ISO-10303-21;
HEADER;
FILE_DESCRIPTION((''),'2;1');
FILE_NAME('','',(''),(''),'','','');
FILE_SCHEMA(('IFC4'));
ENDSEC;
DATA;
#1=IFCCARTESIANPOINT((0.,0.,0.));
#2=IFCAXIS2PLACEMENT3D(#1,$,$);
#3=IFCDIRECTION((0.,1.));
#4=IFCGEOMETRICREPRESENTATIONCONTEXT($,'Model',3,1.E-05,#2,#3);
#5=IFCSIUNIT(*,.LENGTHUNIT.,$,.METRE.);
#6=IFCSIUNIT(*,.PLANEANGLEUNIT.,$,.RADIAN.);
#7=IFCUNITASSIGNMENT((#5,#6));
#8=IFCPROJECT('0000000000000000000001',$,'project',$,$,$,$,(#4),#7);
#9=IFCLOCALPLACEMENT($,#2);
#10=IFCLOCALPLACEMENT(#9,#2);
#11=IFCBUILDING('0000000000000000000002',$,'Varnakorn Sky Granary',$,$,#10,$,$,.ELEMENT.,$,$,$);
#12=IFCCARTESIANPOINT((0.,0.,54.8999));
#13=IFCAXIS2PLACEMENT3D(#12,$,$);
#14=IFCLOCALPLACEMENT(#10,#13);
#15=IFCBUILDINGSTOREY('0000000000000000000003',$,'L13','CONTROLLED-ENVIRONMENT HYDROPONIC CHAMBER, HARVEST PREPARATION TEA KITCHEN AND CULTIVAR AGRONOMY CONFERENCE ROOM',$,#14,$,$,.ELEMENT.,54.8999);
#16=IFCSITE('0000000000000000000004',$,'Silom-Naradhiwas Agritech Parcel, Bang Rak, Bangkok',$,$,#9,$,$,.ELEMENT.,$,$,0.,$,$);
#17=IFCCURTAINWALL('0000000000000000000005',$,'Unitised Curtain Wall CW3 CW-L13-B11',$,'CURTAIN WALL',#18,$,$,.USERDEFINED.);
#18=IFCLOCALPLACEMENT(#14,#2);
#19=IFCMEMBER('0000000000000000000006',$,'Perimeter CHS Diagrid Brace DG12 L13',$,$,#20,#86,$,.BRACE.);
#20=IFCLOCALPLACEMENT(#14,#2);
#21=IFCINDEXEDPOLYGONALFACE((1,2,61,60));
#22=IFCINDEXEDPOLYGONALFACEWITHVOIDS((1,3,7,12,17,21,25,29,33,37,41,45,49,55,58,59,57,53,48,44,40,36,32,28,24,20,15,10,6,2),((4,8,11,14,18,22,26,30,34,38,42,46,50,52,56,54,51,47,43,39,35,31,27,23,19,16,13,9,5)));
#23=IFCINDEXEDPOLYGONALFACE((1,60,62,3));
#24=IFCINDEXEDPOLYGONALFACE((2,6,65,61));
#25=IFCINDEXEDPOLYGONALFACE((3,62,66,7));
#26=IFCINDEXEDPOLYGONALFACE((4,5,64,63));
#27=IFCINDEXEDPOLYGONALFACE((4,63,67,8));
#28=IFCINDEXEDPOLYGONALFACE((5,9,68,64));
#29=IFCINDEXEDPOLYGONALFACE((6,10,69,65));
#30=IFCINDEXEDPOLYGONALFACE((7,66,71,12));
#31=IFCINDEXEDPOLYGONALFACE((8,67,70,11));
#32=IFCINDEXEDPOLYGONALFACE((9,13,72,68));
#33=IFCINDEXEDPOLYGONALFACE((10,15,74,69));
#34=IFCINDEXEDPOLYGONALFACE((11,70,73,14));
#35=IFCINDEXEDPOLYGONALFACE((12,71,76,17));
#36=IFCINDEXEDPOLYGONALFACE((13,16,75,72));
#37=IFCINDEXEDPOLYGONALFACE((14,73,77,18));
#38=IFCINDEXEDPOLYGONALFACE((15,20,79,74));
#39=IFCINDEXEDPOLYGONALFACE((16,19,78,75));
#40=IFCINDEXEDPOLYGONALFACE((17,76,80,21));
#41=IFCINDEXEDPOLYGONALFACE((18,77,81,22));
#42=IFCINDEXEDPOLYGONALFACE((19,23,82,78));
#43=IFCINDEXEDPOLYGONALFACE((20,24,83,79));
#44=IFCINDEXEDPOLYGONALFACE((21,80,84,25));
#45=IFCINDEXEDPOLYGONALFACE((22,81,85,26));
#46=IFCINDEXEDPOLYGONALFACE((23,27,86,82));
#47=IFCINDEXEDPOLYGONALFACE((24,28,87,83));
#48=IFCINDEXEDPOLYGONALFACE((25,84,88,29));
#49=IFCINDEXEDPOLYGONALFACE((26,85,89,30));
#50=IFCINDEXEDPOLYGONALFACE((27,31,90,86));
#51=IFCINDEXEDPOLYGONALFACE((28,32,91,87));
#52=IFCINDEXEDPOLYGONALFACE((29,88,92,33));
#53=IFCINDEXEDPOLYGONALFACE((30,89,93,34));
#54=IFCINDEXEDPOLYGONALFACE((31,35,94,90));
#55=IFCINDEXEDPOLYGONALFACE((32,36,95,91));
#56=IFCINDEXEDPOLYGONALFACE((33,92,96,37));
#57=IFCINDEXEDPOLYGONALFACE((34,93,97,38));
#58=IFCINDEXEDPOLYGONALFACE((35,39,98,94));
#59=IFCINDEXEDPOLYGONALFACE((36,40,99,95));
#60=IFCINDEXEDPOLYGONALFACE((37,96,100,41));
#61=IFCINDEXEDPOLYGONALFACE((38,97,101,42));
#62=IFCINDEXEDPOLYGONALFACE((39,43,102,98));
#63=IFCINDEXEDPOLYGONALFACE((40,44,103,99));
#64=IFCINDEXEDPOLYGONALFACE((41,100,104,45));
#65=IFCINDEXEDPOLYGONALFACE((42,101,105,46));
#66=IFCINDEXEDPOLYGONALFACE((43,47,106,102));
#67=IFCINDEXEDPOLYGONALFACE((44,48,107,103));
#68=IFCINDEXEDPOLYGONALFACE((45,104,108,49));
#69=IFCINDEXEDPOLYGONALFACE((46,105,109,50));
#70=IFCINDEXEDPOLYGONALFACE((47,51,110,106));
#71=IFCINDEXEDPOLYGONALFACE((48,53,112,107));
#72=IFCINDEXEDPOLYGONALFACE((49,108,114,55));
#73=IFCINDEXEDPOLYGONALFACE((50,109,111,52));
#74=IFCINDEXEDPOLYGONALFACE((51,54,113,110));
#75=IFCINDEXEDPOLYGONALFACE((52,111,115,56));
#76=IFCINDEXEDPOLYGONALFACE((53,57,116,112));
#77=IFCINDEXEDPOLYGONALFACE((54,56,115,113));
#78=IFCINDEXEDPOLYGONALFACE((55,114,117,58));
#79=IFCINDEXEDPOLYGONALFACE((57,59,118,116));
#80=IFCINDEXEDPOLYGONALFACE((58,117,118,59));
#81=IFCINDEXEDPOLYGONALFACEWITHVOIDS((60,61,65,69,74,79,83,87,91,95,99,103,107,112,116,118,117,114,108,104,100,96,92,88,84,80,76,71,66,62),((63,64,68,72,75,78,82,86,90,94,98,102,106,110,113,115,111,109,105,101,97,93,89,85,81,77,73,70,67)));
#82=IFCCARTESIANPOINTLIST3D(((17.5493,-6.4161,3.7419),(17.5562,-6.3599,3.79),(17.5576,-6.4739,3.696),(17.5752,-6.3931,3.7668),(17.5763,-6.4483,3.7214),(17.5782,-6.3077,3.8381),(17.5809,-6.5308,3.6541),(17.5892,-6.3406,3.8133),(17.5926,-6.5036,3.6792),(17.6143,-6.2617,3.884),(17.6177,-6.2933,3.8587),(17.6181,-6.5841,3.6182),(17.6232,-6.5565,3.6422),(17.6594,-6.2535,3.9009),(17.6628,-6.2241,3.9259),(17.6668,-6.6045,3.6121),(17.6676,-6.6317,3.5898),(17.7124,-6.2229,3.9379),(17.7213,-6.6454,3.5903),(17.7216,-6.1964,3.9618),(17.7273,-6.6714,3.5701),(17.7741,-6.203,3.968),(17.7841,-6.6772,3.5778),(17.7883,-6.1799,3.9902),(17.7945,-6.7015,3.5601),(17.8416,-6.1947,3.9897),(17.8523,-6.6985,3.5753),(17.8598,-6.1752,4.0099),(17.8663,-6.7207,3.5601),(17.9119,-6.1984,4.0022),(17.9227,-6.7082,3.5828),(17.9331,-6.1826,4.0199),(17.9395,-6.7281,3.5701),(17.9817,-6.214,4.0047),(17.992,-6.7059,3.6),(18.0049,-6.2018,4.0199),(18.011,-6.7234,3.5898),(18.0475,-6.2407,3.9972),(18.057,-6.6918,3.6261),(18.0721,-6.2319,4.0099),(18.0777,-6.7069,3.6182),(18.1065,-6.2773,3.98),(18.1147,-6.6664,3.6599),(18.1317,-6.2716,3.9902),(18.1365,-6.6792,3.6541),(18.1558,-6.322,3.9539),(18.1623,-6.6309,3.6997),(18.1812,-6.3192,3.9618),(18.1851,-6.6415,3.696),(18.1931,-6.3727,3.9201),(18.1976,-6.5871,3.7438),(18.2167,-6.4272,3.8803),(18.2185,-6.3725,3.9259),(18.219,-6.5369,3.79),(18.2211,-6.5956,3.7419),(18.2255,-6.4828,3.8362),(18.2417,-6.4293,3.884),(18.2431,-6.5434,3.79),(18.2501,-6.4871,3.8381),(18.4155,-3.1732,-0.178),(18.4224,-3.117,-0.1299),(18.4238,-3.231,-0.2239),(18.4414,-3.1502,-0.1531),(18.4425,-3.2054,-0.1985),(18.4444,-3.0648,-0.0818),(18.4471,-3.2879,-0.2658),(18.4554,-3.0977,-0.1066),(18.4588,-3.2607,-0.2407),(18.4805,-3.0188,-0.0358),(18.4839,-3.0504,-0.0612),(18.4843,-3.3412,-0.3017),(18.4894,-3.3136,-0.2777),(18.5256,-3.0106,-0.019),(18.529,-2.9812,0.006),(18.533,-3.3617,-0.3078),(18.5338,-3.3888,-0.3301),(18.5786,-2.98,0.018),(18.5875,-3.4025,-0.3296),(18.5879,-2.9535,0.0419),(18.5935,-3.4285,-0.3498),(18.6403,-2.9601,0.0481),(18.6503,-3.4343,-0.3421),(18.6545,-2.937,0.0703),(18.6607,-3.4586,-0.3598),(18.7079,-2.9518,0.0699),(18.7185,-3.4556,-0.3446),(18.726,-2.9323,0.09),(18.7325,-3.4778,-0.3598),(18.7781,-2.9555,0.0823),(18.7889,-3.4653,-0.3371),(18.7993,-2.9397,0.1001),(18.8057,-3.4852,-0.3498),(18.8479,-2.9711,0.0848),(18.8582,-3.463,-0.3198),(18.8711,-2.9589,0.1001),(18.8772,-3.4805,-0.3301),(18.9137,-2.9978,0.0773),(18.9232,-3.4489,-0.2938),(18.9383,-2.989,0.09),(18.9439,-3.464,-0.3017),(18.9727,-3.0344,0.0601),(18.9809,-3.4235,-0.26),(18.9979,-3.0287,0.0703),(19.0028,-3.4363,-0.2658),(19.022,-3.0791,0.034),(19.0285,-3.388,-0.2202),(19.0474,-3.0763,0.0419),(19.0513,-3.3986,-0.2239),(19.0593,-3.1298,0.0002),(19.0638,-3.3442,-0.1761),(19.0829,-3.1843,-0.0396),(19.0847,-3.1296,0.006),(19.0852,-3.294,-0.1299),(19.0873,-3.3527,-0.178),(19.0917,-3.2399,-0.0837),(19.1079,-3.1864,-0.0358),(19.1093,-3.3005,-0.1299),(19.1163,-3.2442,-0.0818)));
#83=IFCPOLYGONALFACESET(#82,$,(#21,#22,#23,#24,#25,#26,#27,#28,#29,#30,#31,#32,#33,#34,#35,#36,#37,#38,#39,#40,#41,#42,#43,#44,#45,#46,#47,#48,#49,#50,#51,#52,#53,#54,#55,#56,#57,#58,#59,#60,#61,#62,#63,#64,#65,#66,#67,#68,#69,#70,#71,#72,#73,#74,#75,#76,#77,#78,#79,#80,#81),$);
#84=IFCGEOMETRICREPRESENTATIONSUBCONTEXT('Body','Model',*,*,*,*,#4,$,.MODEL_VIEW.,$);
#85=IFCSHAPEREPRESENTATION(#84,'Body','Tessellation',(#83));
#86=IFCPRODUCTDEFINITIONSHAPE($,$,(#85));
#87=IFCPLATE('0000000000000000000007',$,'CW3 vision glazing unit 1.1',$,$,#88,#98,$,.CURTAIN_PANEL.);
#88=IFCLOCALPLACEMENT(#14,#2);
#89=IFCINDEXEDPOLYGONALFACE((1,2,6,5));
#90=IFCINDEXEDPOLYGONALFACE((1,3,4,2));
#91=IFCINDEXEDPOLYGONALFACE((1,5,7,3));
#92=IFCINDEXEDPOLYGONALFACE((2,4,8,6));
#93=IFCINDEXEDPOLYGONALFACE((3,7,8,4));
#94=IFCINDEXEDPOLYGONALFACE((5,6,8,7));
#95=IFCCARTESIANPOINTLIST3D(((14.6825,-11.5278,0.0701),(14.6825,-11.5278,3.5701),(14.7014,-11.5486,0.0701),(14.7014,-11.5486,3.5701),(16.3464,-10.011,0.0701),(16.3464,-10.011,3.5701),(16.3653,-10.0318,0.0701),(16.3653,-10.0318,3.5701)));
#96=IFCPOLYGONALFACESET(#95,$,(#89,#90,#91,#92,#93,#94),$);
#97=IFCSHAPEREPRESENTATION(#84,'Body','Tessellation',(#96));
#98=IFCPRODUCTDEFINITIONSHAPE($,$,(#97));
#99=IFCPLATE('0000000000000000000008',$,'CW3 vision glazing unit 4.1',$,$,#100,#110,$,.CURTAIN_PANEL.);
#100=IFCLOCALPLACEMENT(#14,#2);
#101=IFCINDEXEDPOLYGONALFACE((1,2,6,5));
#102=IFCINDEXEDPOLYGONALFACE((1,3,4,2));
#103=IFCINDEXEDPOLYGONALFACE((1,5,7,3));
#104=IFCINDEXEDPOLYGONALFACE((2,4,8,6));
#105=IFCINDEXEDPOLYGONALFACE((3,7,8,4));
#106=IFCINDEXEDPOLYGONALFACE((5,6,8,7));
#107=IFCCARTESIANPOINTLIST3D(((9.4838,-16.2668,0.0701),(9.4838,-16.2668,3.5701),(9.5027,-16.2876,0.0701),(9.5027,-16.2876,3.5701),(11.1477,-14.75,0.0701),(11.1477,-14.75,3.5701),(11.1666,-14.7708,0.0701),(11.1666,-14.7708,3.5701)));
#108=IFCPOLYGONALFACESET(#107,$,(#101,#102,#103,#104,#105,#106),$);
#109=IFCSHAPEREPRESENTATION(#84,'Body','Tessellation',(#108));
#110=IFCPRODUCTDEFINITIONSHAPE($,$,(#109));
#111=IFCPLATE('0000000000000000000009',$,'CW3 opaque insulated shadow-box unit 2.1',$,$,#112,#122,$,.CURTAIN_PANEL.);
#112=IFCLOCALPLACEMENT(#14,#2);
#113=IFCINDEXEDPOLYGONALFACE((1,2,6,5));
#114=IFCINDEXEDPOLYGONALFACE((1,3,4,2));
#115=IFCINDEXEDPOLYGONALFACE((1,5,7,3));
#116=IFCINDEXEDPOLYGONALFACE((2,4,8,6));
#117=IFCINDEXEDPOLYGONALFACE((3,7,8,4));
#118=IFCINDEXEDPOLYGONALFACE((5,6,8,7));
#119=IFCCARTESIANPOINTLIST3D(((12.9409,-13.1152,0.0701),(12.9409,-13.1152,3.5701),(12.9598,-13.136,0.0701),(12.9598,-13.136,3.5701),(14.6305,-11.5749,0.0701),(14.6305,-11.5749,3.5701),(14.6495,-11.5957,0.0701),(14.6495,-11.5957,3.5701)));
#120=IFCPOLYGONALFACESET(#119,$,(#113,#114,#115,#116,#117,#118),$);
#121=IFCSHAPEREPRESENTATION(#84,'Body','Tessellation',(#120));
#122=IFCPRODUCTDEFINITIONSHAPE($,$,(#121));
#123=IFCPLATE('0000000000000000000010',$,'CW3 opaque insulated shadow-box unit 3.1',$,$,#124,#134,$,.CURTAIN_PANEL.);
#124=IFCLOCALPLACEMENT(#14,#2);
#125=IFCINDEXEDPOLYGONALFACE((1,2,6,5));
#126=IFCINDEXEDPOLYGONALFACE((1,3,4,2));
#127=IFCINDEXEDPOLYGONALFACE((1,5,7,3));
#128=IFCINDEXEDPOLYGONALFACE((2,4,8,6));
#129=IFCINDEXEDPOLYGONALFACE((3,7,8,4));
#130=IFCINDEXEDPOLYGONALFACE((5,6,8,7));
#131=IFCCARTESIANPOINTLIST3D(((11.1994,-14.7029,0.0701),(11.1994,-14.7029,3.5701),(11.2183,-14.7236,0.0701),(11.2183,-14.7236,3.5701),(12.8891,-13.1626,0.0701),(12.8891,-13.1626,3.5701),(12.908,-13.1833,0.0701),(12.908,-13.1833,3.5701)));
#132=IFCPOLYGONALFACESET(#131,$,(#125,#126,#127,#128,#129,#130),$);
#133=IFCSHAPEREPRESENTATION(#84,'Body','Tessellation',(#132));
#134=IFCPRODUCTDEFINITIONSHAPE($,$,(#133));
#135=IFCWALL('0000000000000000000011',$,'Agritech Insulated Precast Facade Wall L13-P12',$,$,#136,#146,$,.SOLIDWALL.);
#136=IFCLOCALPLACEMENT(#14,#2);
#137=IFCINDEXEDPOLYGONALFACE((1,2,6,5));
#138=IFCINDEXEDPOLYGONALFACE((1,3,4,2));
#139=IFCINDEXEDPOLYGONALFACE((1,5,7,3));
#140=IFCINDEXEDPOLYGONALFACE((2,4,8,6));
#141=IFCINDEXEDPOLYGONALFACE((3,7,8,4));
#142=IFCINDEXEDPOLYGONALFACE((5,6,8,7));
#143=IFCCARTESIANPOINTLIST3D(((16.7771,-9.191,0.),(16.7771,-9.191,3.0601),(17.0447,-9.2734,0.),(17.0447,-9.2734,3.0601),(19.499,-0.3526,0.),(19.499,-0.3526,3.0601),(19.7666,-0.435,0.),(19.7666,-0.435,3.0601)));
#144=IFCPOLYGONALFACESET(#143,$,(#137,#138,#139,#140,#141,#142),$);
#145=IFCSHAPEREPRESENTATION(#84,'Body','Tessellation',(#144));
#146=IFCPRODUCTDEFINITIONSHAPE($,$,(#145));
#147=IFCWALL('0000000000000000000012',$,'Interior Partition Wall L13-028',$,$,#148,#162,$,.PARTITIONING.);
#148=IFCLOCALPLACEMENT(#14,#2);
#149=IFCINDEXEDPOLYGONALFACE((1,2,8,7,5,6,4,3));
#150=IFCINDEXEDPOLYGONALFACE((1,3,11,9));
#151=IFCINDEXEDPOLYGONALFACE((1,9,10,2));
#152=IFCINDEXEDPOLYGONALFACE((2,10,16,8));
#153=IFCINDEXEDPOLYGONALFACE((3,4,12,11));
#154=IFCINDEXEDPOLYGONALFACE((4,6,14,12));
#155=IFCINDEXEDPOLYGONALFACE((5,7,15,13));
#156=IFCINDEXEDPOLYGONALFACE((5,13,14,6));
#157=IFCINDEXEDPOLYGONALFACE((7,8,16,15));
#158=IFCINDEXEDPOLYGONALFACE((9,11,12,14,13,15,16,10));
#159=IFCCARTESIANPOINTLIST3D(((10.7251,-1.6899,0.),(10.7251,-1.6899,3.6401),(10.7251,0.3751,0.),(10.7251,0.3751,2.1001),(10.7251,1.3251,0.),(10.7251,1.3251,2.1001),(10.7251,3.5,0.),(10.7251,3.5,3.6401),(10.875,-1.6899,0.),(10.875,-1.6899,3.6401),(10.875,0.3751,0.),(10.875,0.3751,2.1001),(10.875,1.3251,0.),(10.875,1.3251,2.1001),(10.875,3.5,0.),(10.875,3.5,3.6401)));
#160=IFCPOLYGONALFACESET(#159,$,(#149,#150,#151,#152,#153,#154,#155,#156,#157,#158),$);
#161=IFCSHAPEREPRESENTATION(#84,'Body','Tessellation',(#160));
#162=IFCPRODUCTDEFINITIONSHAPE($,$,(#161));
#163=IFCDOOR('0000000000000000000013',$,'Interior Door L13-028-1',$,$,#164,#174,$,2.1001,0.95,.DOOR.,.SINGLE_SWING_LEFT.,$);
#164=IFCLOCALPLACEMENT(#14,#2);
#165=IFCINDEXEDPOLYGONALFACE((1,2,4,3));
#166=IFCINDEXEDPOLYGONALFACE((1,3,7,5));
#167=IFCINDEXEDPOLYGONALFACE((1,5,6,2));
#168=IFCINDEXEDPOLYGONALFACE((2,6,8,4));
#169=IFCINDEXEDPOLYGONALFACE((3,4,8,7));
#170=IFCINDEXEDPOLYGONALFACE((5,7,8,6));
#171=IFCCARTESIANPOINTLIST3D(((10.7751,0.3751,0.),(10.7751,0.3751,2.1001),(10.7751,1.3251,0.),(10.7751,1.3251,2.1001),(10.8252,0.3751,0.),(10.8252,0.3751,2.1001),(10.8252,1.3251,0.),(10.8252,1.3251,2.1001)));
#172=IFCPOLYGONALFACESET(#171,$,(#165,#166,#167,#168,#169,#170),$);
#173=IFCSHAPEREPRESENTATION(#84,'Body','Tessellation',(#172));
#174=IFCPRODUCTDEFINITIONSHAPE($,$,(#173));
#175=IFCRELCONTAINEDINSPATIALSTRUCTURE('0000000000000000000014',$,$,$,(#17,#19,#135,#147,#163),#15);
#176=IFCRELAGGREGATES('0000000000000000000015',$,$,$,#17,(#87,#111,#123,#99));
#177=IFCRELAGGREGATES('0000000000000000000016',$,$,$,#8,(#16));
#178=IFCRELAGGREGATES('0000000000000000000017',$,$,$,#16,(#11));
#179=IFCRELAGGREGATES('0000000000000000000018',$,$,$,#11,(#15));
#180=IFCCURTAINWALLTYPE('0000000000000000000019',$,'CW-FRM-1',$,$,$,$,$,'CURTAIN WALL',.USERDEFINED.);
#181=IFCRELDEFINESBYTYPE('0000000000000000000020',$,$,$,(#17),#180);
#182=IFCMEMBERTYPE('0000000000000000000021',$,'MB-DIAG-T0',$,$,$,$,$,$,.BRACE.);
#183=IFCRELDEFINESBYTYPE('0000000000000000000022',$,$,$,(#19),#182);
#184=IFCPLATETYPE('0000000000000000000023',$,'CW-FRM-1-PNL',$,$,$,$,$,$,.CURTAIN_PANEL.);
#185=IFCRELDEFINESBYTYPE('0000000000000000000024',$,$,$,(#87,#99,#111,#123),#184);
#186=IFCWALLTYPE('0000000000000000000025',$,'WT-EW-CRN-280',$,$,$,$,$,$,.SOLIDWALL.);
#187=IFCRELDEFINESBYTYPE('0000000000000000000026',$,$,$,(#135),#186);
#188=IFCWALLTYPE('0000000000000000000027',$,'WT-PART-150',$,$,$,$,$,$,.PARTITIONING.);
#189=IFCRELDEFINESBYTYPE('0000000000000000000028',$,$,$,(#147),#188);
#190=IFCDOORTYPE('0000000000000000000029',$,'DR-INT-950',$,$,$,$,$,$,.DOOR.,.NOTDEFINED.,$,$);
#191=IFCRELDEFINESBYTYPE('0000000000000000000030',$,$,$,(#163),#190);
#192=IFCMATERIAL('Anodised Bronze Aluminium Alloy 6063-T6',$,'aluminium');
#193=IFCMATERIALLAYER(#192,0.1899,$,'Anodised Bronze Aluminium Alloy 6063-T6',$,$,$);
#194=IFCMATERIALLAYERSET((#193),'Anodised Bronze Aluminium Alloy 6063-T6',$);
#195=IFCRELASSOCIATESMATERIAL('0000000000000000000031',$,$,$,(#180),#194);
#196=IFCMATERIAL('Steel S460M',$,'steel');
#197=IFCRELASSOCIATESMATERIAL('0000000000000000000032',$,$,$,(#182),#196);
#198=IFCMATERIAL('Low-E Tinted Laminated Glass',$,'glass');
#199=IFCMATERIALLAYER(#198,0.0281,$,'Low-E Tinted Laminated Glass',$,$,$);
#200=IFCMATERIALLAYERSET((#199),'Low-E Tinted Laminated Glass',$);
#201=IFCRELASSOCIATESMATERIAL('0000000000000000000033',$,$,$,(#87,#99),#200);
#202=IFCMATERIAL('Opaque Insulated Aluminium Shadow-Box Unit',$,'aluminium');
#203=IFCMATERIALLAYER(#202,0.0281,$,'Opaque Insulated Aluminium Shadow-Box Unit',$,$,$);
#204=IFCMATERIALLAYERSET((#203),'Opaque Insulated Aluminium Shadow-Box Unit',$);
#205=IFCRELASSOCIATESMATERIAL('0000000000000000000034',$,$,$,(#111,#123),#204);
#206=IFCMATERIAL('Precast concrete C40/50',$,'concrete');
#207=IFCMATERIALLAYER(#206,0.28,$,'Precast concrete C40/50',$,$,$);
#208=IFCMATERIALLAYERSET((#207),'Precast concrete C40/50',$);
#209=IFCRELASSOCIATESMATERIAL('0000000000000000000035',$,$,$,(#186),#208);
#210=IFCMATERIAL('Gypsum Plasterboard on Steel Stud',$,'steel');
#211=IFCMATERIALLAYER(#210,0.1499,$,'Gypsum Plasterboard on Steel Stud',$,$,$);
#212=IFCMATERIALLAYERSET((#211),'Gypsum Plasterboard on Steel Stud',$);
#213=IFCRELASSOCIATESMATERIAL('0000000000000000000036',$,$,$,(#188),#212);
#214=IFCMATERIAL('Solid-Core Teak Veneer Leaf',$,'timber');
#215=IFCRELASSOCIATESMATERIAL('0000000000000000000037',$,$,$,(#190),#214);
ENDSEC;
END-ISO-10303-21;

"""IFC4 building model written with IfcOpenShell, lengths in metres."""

from ifc_helpers import new_model, si_unit, direction, frame, frame_2d, origin, origin_2d, place, context, subcontext, project, spatial, rectangle, hollow_circle, extrude, source, transform, mapped, material, layer, layer_set, material_profile, profile_set, type_object, type_shapes, element, fill, aggregate, save


model = new_model("IFC4")

# Units and contexts
model_context = context("Model", 3, precision=1e-05, world=origin(), true_north=direction((0.0, 1.0)))
body_context = subcontext(model_context, "Body", "Model", "MODEL_VIEW")
ifc_project = project(units=[si_unit("LENGTHUNIT", "METRE"), si_unit("PLANEANGLEUNIT", "RADIAN")], contexts=[model_context])

# Site, building, storey
site_placement = place(None, origin())
site = spatial("IfcSite", under=ifc_project, at=site_placement, Name="Silom-Naradhiwas Agritech Parcel, Bang Rak, Bangkok", CompositionType="ELEMENT", RefElevation=0.0)
building_placement = place(site_placement, origin())
building = spatial("IfcBuilding", under=site, at=building_placement, Name="Varnakorn Sky Granary", CompositionType="ELEMENT")
storey_placement = place(building_placement, frame((0.0, 0.0, 54.8999)))
storey = spatial("IfcBuildingStorey", under=building, at=storey_placement, Name="L13", Description="CONTROLLED-ENVIRONMENT HYDROPONIC CHAMBER, HARVEST PREPARATION TEA KITCHEN AND CULTIVAR AGRONOMY CONFERENCE ROOM", CompositionType="ELEMENT", Elevation=54.8999)

# Shared definitions
ifc_material_1 = material(Name="Steel S460M", Category="steel")

# Curtain wall
ifc_material_2 = material(Name="Anodised Bronze Aluminium Alloy 6063-T6", Category="aluminium")
ifc_layer_1 = layer(ifc_material_2, 0.1899, Name="Anodised Bronze Aluminium Alloy 6063-T6")
ifc_layer_set_1 = layer_set([ifc_layer_1], Name="Anodised Bronze Aluminium Alloy 6063-T6")
curtain_wall_type = type_object("IfcCurtainWallType", Name="CW-FRM-1", ElementType="CURTAIN WALL", PredefinedType="USERDEFINED", material=ifc_layer_set_1)
curtain_wall_placement = place(storey_placement, origin())
curtain_wall = element("IfcCurtainWall", 1, at=curtain_wall_placement, inside=storey, type_object=curtain_wall_type, Name="Unitised Curtain Wall CW3 CW-L13-B11", ObjectType="CURTAIN WALL", PredefinedType="USERDEFINED")

# Member
ifc_material_profile_1 = material_profile(ifc_material_1, hollow_circle(Radius=0.3555, WallThickness=0.0249, at=origin_2d()), Name="CHS 711x25")
ifc_profile_set_1 = profile_set([ifc_material_profile_1], Name="Steel S460M")
member_type_1 = type_object("IfcMemberType", Name="MB-DIAG-T0", PredefinedType="BRACE", material=ifc_profile_set_1)
member_1_placement = place(storey_placement, frame((18.7659, -3.2087, -0.1299), z_axis=(-0.167848, -0.62839, 0.759574), x_axis=(0.966129, -0.258061, 0.0)))
element("IfcMember", 2, at=member_1_placement, inside=storey, type_object=member_type_1, Name="Perimeter CHS Diagrid Brace DG12 L13", PredefinedType="BRACE", context=body_context, shape_type="SweptSolid", body=[
    extrude(hollow_circle(Radius=0.3555, WallThickness=0.0249, at=origin_2d()), origin(), (0.0, 0.0, 1.0), 5.1606),
])

# Plates
ifc_material_3 = material(Name="Low-E Tinted Laminated Glass", Category="glass")
ifc_layer_2 = layer(ifc_material_3, 0.0281, Name="Low-E Tinted Laminated Glass")
ifc_layer_set_2 = layer_set([ifc_layer_2], Name="Low-E Tinted Laminated Glass")
plate_type = type_object("IfcPlateType", Name="CW-FRM-1-PNL", PredefinedType="CURTAIN_PANEL")
shared_shape_1 = source(origin(), body_context, "Body", "SweptSolid", [
    extrude(rectangle(XDim=2.2515, YDim=0.0281, at=origin_2d()), origin(), (0.0, 0.0, 1.0), 3.5),
])
plate_1_placement = place(storey_placement, frame((15.5239, -10.7798, 0.0701), z_axis=(0.0, 0.0, 1.0), x_axis=(-0.739017, -0.673687, 0.0)))
plate_1 = element("IfcPlate", 3, at=plate_1_placement, type_object=plate_type, material=ifc_layer_set_2, Name="CW3 vision glazing unit 1.1", PredefinedType="CURTAIN_PANEL", context=body_context, shape_type="MappedRepresentation", body=[
    mapped(shared_shape_1, transform((0.0, 0.0, 0.0), x_axis=(1.0, 0.0, 0.0), y_axis=(0.0, 1.0, 0.0), z_axis=(0.0, 0.0, 1.0), scale=1.0)),
])
plate_2_placement = place(storey_placement, frame((10.3252, -15.5188, 0.0701), z_axis=(0.0, 0.0, 1.0), x_axis=(-0.739017, -0.673687, 0.0)))
plate_2 = element("IfcPlate", 4, at=plate_2_placement, type_object=plate_type, material=ifc_layer_set_2, Name="CW3 vision glazing unit 4.1", PredefinedType="CURTAIN_PANEL", context=body_context, shape_type="MappedRepresentation", body=[
    mapped(shared_shape_1, transform((0.0, 0.0, 0.0), x_axis=(1.0, 0.0, 0.0), y_axis=(0.0, 1.0, 0.0), z_axis=(0.0, 0.0, 1.0), scale=1.0)),
])
ifc_material_4 = material(Name="Opaque Insulated Aluminium Shadow-Box Unit", Category="aluminium")
ifc_layer_3 = layer(ifc_material_4, 0.0281, Name="Opaque Insulated Aluminium Shadow-Box Unit")
ifc_layer_set_3 = layer_set([ifc_layer_3], Name="Opaque Insulated Aluminium Shadow-Box Unit")
shared_shape_2 = source(origin(), body_context, "Body", "SweptSolid", [
    extrude(rectangle(XDim=2.2864, YDim=0.0281, at=origin_2d()), origin(), (0.0, 0.0, 1.0), 3.5),
])
type_shapes(plate_type, [shared_shape_1, shared_shape_2])
plate_3_placement = place(storey_placement, frame((13.7952, -12.3555, 0.0701), z_axis=(0.0, 0.0, 1.0), x_axis=(-0.739017, -0.673687, 0.0)))
plate_3 = element("IfcPlate", 5, at=plate_3_placement, type_object=plate_type, material=ifc_layer_set_3, Name="CW3 opaque insulated shadow-box unit 2.1", PredefinedType="CURTAIN_PANEL", context=body_context, shape_type="MappedRepresentation", body=[
    mapped(shared_shape_2, transform((0.0, 0.0, 0.0), x_axis=(1.0, 0.0, 0.0), y_axis=(0.0, 1.0, 0.0), z_axis=(0.0, 0.0, 1.0), scale=1.0)),
])
plate_4_placement = place(storey_placement, frame((12.0537, -13.9431, 0.0701), z_axis=(0.0, 0.0, 1.0), x_axis=(-0.739017, -0.673687, 0.0)))
plate_4 = element("IfcPlate", 6, at=plate_4_placement, type_object=plate_type, material=ifc_layer_set_3, Name="CW3 opaque insulated shadow-box unit 3.1", PredefinedType="CURTAIN_PANEL", context=body_context, shape_type="MappedRepresentation", body=[
    mapped(shared_shape_2, transform((0.0, 0.0, 0.0), x_axis=(1.0, 0.0, 0.0), y_axis=(0.0, 1.0, 0.0), z_axis=(0.0, 0.0, 1.0), scale=1.0)),
])
aggregate(curtain_wall, [plate_1, plate_3, plate_4, plate_2])

# Wall
ifc_material_5 = material(Name="Precast concrete C40/50", Category="concrete")
ifc_layer_4 = layer(ifc_material_5, 0.28, Name="Precast concrete C40/50")
ifc_layer_set_4 = layer_set([ifc_layer_4], Name="Precast concrete C40/50")
wall_type_1 = type_object("IfcWallType", Name="WT-EW-CRN-280", PredefinedType="SOLIDWALL", material=ifc_layer_set_4)
wall_1_placement = place(storey_placement, frame((19.6328, -0.3938, 0.0), z_axis=(0.0, 0.0, 1.0), x_axis=(-0.294325, -0.955705, 0.0)))
element("IfcWall", 7, at=wall_1_placement, inside=storey, type_object=wall_type_1, Name="Agritech Insulated Precast Facade Wall L13-P12", PredefinedType="SOLIDWALL", context=body_context, shape_type="SweptSolid", body=[
    extrude(rectangle(XDim=9.248, YDim=0.28, at=frame_2d((4.624, 0.0))), origin(), (0.0, 0.0, 1.0), 3.0601),
])

# Wall, opening, door
ifc_material_6 = material(Name="Gypsum Plasterboard on Steel Stud", Category="steel")
ifc_layer_5 = layer(ifc_material_6, 0.1499, Name="Gypsum Plasterboard on Steel Stud")
ifc_layer_set_5 = layer_set([ifc_layer_5], Name="Gypsum Plasterboard on Steel Stud")
wall_type_2 = type_object("IfcWallType", Name="WT-PART-150", PredefinedType="PARTITIONING", material=ifc_layer_set_5)
wall_2_placement = place(storey_placement, frame((10.8, -1.6899, 0.0), z_axis=(0.0, 0.0, 1.0), x_axis=(0.0, 1.0, 0.0)))
wall_2 = element("IfcWall", 8, at=wall_2_placement, inside=storey, type_object=wall_type_2, Name="Interior Partition Wall L13-028", PredefinedType="PARTITIONING", context=body_context, shape_type="SweptSolid", body=[
    extrude(rectangle(XDim=5.1899, YDim=0.1499, at=frame_2d((2.595, 0.0))), origin(), (0.0, 0.0, 1.0), 3.6401),
])
opening_placement = place(wall_2_placement, frame((2.0649, 0.0, 0.0)))
opening = element("IfcOpeningElement", 9, at=opening_placement, cuts=wall_2, PredefinedType="OPENING", context=body_context, shape_type="SweptSolid", body=[
    extrude(rectangle(XDim=0.95, YDim=2.1001, at=frame_2d((0.4751, 1.05))), frame((0.0, 0.085, 0.0), z_axis=(0.0, -1.0, 0.0), x_axis=(1.0, 0.0, 0.0)), (0.0, 0.0, 1.0), 0.1699),
])
ifc_material_7 = material(Name="Solid-Core Teak Veneer Leaf", Category="timber")
door_type = type_object("IfcDoorType", Name="DR-INT-950", OperationType="NOTDEFINED", PredefinedType="DOOR", material=ifc_material_7)
door_placement = place(opening_placement, origin())
door = element("IfcDoor", 10, at=door_placement, inside=storey, type_object=door_type, Name="Interior Door L13-028-1", OperationType="SINGLE_SWING_LEFT", OverallHeight=2.1001, OverallWidth=0.95, PredefinedType="DOOR", context=body_context, shape_type="SweptSolid", body=[
    extrude(rectangle(XDim=0.95, YDim=2.1001, at=frame_2d((0.4751, 1.05))), frame((0.0, 0.0249, 0.0), z_axis=(0.0, -1.0, 0.0), x_axis=(1.0, 0.0, 0.0)), (0.0, 0.0, 1.0), 0.05),
])
fill(opening, door)

save(model, "model.ifc")
